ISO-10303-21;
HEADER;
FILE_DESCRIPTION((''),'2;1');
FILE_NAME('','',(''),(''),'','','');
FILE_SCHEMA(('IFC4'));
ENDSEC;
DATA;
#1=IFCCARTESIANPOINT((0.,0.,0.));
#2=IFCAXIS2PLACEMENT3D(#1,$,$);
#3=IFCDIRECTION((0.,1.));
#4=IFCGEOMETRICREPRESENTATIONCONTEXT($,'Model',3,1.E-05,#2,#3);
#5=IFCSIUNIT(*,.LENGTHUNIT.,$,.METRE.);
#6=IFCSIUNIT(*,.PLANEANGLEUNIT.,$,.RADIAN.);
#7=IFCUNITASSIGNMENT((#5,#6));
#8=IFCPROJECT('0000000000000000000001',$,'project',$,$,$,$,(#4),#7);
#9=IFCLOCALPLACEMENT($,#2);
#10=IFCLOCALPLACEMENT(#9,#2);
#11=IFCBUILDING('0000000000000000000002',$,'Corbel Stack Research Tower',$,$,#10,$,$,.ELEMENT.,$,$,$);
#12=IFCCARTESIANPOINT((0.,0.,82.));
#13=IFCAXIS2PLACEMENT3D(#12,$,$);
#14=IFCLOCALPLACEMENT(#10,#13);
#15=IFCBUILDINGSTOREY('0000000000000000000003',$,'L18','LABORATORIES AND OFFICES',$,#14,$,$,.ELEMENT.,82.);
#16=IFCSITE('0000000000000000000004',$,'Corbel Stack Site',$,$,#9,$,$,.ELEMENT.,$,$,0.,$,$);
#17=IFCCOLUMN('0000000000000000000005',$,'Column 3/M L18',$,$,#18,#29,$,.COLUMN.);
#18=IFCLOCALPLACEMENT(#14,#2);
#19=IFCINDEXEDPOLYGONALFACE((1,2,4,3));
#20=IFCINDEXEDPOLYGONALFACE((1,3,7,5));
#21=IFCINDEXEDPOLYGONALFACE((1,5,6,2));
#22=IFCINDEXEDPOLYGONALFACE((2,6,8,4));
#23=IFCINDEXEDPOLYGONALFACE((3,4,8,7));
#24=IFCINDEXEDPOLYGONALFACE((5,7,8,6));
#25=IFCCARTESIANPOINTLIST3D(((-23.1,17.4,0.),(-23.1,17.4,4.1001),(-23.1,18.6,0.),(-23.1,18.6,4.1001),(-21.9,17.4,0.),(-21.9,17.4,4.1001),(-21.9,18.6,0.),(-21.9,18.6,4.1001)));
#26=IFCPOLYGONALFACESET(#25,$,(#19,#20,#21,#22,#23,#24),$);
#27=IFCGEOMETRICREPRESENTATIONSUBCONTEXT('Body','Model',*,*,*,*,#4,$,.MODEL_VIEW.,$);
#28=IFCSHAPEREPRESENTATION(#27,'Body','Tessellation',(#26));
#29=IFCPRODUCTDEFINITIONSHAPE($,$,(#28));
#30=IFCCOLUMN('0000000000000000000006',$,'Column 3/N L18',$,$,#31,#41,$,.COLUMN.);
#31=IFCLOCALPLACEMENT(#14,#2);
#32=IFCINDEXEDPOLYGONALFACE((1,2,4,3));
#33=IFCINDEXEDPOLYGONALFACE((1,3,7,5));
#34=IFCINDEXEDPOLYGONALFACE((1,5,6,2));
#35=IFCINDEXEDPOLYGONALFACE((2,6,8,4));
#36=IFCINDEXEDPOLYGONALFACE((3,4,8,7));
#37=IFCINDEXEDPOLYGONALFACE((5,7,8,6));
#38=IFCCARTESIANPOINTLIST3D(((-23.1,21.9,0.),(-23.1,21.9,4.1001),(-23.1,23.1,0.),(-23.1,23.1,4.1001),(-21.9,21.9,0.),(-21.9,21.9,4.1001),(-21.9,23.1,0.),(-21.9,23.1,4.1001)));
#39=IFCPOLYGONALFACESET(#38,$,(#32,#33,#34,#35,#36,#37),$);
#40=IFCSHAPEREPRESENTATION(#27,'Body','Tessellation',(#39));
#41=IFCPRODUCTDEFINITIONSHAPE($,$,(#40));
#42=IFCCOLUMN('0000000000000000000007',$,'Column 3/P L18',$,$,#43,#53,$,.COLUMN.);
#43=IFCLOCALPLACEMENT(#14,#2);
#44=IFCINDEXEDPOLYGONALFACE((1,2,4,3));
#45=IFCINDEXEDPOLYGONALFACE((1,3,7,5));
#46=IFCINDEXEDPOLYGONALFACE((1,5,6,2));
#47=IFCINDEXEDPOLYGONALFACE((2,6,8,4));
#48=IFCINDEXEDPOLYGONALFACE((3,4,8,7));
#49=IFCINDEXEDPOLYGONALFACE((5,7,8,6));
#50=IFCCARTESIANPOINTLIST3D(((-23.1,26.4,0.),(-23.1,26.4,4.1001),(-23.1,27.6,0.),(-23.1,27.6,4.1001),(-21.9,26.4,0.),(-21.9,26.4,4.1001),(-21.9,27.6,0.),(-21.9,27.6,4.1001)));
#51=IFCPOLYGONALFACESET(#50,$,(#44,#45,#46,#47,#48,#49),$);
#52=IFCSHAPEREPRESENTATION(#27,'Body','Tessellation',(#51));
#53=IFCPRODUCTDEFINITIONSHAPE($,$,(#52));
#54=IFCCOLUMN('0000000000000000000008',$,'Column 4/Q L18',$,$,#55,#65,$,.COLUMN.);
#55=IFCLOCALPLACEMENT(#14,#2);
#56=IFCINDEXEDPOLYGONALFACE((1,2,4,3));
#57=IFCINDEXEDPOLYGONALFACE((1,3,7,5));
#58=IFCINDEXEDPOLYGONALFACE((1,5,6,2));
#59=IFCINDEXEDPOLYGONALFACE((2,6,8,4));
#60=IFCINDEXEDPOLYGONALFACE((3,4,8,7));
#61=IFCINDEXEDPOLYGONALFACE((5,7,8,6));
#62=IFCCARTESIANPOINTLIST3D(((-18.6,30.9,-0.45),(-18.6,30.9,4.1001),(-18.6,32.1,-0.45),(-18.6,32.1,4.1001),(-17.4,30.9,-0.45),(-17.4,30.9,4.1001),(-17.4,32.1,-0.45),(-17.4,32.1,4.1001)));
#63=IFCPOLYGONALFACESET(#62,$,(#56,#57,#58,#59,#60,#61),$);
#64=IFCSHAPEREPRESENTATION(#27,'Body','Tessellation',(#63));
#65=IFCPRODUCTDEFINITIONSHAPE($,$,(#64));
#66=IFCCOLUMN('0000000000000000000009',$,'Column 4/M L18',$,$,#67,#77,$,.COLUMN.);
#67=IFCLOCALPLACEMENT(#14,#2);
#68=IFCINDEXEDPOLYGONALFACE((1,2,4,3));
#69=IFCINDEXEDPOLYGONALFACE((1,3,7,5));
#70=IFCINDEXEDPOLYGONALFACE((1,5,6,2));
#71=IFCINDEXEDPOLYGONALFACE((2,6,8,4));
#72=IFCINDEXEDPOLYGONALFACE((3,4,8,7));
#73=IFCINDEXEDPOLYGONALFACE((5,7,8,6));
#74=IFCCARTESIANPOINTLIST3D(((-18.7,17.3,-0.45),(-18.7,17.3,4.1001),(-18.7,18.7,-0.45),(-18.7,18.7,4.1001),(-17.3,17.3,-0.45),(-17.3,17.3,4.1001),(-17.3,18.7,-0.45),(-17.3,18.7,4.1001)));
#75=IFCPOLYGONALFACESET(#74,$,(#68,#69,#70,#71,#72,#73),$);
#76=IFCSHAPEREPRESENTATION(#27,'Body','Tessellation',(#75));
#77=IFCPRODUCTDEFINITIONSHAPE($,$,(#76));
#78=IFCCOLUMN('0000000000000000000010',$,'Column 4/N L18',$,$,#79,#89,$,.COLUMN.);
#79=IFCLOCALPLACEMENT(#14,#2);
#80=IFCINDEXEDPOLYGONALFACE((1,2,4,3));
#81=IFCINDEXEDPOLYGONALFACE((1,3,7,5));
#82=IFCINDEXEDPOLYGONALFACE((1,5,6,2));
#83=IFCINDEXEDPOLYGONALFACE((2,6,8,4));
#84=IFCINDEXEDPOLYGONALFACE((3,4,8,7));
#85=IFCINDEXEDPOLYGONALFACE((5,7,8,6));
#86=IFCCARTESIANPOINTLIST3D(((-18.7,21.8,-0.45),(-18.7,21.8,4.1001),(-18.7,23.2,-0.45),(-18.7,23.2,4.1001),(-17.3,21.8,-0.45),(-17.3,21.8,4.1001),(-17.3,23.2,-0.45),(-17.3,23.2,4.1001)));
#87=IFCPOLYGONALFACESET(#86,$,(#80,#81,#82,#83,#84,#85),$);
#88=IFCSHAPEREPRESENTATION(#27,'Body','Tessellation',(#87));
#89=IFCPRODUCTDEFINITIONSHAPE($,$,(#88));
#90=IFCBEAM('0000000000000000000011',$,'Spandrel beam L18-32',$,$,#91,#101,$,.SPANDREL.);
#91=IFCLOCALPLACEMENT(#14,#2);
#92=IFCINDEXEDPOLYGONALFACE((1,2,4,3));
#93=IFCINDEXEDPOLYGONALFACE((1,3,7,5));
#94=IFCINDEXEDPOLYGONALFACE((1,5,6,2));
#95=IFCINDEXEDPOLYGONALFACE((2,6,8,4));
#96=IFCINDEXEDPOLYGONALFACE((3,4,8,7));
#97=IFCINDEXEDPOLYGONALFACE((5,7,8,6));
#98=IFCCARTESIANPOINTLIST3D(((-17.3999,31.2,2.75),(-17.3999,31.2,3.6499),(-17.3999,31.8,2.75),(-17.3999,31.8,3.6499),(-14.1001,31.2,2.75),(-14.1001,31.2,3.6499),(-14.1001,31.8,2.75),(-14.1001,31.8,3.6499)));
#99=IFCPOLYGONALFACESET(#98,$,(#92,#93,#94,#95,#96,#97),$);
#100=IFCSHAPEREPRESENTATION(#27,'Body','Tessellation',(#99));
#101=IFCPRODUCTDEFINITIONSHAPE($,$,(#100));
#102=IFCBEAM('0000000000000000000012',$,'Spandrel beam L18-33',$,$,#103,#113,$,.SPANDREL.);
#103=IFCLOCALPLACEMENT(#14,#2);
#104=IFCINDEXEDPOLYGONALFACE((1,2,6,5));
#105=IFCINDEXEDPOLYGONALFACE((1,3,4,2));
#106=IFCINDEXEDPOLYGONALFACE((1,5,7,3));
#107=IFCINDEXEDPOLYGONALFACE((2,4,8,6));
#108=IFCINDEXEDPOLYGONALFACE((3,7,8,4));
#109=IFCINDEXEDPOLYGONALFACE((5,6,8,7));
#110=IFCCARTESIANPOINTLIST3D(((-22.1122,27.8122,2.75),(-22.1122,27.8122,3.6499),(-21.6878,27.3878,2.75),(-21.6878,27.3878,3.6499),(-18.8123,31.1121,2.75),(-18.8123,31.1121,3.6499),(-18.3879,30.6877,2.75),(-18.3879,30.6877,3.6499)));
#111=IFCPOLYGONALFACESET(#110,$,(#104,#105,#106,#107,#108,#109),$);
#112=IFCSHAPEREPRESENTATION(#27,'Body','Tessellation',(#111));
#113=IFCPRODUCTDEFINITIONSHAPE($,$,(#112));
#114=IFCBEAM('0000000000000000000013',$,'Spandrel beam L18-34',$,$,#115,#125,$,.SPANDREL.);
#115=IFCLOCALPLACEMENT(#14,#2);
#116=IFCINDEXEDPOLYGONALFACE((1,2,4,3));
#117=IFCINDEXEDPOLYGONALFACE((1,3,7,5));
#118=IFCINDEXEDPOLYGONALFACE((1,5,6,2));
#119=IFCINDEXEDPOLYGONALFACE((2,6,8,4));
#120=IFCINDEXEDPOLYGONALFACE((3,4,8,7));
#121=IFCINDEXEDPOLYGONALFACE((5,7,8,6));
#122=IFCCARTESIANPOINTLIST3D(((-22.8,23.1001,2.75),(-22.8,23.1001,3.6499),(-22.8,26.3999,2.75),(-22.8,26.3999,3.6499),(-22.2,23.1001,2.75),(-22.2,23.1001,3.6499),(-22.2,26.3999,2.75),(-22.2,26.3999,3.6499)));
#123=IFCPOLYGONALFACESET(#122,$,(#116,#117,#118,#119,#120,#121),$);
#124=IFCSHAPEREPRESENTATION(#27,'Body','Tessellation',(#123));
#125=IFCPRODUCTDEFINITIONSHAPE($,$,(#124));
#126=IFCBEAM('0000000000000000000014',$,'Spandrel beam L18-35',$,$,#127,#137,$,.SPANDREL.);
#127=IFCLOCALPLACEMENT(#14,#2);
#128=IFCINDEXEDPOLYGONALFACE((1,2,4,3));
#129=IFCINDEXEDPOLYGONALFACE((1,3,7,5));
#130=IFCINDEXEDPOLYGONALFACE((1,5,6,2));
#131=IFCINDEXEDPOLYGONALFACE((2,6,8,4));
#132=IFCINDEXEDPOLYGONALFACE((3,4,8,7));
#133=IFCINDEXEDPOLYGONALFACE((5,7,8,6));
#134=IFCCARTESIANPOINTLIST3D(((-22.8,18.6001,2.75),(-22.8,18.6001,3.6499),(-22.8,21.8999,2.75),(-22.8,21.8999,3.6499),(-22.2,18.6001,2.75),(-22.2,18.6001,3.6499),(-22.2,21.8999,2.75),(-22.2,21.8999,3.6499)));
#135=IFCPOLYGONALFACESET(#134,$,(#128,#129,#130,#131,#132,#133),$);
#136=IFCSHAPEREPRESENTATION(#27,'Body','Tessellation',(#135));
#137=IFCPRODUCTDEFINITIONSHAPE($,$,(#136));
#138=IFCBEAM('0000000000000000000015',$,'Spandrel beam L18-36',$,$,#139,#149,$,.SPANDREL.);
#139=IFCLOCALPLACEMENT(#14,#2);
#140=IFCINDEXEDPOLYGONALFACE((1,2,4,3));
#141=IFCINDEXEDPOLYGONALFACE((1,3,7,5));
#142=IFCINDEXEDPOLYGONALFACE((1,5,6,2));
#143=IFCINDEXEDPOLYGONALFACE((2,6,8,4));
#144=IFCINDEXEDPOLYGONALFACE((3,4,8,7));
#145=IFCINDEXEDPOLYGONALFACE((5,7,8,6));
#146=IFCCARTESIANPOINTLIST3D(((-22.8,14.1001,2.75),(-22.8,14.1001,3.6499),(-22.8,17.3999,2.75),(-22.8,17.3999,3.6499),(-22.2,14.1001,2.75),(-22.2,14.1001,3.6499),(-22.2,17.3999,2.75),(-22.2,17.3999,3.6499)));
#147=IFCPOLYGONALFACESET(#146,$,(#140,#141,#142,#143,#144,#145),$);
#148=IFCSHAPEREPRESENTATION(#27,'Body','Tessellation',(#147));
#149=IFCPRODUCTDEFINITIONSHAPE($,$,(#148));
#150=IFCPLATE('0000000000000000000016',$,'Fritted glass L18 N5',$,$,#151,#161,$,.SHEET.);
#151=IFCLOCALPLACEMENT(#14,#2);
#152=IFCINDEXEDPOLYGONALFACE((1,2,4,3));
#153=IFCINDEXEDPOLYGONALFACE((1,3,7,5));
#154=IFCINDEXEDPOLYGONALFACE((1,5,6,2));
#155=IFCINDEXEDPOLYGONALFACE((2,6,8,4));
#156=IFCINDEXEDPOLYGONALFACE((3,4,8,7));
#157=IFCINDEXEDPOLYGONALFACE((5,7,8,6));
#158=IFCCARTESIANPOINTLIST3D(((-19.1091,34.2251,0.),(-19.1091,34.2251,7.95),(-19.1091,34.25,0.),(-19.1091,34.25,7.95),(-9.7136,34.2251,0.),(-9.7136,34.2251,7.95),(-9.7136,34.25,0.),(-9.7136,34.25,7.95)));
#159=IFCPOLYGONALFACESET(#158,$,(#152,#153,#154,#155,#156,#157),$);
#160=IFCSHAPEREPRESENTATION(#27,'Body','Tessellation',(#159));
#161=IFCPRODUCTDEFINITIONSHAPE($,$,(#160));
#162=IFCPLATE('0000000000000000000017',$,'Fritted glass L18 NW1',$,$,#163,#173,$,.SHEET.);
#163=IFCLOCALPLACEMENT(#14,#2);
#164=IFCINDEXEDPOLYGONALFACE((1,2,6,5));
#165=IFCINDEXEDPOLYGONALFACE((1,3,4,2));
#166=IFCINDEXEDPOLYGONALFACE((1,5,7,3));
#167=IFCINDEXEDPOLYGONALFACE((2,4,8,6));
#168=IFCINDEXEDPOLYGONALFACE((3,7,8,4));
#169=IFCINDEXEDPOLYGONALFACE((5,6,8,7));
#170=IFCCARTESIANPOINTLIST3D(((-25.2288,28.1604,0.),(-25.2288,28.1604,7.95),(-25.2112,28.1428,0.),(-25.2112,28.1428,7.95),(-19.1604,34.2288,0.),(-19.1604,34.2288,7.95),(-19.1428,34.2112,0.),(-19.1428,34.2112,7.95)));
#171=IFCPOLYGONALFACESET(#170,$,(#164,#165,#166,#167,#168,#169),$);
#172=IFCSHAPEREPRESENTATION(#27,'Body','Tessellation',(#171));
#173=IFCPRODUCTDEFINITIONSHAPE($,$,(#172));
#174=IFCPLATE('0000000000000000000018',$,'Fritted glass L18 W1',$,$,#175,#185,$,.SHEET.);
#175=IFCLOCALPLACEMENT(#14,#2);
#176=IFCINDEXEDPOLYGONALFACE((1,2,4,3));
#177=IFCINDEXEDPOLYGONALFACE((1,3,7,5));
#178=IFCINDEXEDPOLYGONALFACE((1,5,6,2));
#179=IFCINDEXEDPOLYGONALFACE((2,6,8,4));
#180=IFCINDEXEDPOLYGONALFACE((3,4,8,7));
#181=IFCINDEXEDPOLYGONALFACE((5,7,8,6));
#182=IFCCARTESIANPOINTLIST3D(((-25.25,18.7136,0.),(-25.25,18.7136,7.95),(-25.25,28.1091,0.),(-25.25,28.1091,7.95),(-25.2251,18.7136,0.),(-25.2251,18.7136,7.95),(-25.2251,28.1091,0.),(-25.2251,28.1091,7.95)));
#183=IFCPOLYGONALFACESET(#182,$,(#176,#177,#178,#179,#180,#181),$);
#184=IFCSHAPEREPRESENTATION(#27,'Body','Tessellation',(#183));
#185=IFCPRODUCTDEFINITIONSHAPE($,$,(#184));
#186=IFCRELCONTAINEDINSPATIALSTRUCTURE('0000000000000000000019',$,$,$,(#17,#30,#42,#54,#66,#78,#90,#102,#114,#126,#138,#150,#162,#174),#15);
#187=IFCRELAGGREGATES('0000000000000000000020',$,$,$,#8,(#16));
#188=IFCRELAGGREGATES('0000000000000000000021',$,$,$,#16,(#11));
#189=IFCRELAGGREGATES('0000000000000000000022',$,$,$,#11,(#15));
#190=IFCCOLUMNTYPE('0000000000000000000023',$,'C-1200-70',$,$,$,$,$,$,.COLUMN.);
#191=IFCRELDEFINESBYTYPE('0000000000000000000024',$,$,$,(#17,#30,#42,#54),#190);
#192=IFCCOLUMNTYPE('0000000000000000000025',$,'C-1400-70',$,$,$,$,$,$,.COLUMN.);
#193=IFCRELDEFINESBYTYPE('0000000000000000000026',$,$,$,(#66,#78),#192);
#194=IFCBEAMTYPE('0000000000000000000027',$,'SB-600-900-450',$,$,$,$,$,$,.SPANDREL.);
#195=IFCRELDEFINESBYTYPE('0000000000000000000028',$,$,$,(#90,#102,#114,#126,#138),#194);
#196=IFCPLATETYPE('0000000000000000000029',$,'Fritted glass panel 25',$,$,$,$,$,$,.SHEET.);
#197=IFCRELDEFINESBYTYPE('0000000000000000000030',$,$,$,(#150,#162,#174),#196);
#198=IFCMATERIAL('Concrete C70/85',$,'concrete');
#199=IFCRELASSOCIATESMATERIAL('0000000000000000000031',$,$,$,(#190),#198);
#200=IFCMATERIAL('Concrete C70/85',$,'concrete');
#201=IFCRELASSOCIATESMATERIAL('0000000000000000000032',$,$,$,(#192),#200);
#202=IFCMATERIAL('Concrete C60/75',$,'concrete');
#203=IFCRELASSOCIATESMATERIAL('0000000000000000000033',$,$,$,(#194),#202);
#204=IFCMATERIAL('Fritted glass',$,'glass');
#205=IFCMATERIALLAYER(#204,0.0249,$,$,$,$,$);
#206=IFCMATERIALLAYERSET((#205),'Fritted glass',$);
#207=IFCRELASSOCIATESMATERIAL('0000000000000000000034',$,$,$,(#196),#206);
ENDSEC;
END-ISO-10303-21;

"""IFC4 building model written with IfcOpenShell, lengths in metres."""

from ifc_helpers import new_model, si_unit, direction, frame, origin, origin_2d, place, context, subcontext, project, spatial, rectangle, extrude, material, layer, layer_set, material_profile, profile_set, type_object, element, save


model = new_model("IFC4")

# Units and contexts
model_context = context("Model", 3, precision=1e-05, world=origin(), true_north=direction((0.0, 1.0)))
body_context = subcontext(model_context, "Body", "Model", "MODEL_VIEW")
ifc_project = project(units=[si_unit("LENGTHUNIT", "METRE"), si_unit("PLANEANGLEUNIT", "RADIAN")], contexts=[model_context])

# Site, building, storey
site_placement = place(None, origin())
site = spatial("IfcSite", under=ifc_project, at=site_placement, Name="Corbel Stack Site", CompositionType="ELEMENT", RefElevation=0.0)
building_placement = place(site_placement, origin())
building = spatial("IfcBuilding", under=site, at=building_placement, Name="Corbel Stack Research Tower", CompositionType="ELEMENT")
storey_placement = place(building_placement, frame((0.0, 0.0, 82.0)))
storey = spatial("IfcBuildingStorey", under=building, at=storey_placement, Name="L18", Description="LABORATORIES AND OFFICES", CompositionType="ELEMENT", Elevation=82.0)

# Columns
ifc_material_1 = material(Name="Concrete C70/85", Category="concrete")
ifc_material_profile_1 = material_profile(ifc_material_1, rectangle(XDim=1.2, YDim=1.2, at=origin_2d()), Name="RC 1200 x 1200")
ifc_profile_set_1 = profile_set([ifc_material_profile_1], Name="Concrete C70/85")
column_type_1 = type_object("IfcColumnType", Name="C-1200-70", PredefinedType="COLUMN", material=ifc_profile_set_1)
for number, where, z_axis, x_axis, name in (
    (1, (-22.5, 18.0, 0.0), (0.0, 0.0, 1.0), (1.0, 0.0, 0.0), "Column 3/M L18"),
    (2, (-22.5, 22.5, 0.0), (0.0, 0.0, 1.0), (1.0, 0.0, 0.0), "Column 3/N L18"),
    (3, (-22.5, 27.0, 0.0), (0.0, 0.0, 1.0), (1.0, 0.0, 0.0), "Column 3/P L18"),
):
    element("IfcColumn", number, at=place(storey_placement, frame(where, z_axis=z_axis, x_axis=x_axis)), inside=storey, type_object=column_type_1, Name=name, PredefinedType="COLUMN", context=body_context, shape_type="SweptSolid", body=[
        extrude(rectangle(XDim=1.2, YDim=1.2, at=origin_2d()), origin(), (0.0, 0.0, 1.0), 4.1001),
    ])
column_placement = place(storey_placement, frame((-18.0, 31.5, -0.45), z_axis=(0.0, 0.0, 1.0), x_axis=(1.0, 0.0, 0.0)))
element("IfcColumn", 4, at=column_placement, inside=storey, type_object=column_type_1, Name="Column 4/Q L18", PredefinedType="COLUMN", context=body_context, shape_type="SweptSolid", body=[
    extrude(rectangle(XDim=1.2, YDim=1.2, at=origin_2d()), origin(), (0.0, 0.0, 1.0), 4.55),
])
ifc_material_2 = material(Name="Concrete C70/85", Category="concrete")
ifc_material_profile_2 = material_profile(ifc_material_2, rectangle(XDim=1.3999, YDim=1.3999, at=origin_2d()), Name="RC 1400 x 1400")
ifc_profile_set_2 = profile_set([ifc_material_profile_2], Name="Concrete C70/85")
column_type_2 = type_object("IfcColumnType", Name="C-1400-70", PredefinedType="COLUMN", material=ifc_profile_set_2)
for number, where, z_axis, x_axis, name in (
    (5, (-18.0, 18.0, -0.45), (0.0, 0.0, 1.0), (1.0, 0.0, 0.0), "Column 4/M L18"),
    (6, (-18.0, 22.5, -0.45), (0.0, 0.0, 1.0), (1.0, 0.0, 0.0), "Column 4/N L18"),
):
    element("IfcColumn", number, at=place(storey_placement, frame(where, z_axis=z_axis, x_axis=x_axis)), inside=storey, type_object=column_type_2, Name=name, PredefinedType="COLUMN", context=body_context, shape_type="SweptSolid", body=[
        extrude(rectangle(XDim=1.3999, YDim=1.3999, at=origin_2d()), origin(), (0.0, 0.0, 1.0), 4.55),
    ])

# Beams
ifc_material_3 = material(Name="Concrete C60/75", Category="concrete")
ifc_material_profile_3 = material_profile(ifc_material_3, rectangle(XDim=0.6001, YDim=0.8999, at=origin_2d()), Name="RC 600 x 900")
ifc_profile_set_3 = profile_set([ifc_material_profile_3], Name="Concrete C60/75")
beam_type = type_object("IfcBeamType", Name="SB-600-900-450", PredefinedType="SPANDREL", material=ifc_profile_set_3)
beam_1_placement = place(storey_placement, frame((-14.1001, 31.5, 3.2), z_axis=(-1.0, 0.0, 0.0), x_axis=(0.0, -1.0, 0.0)))
element("IfcBeam", 7, at=beam_1_placement, inside=storey, type_object=beam_type, Name="Spandrel beam L18-32", PredefinedType="SPANDREL", context=body_context, shape_type="SweptSolid", body=[
    extrude(rectangle(XDim=0.6001, YDim=0.8999, at=origin_2d()), origin(), (0.0, 0.0, 1.0), 3.2998),
])
beam_2_placement = place(storey_placement, frame((-18.6001, 30.8999, 3.2), z_axis=(-0.707107, -0.707107, 0.0), x_axis=(0.707107, -0.707107, 0.0)))
element("IfcBeam", 8, at=beam_2_placement, inside=storey, type_object=beam_type, Name="Spandrel beam L18-33", PredefinedType="SPANDREL", context=body_context, shape_type="SweptSolid", body=[
    extrude(rectangle(XDim=0.6001, YDim=0.8999, at=origin_2d()), origin(), (0.0, 0.0, 1.0), 4.6667),
])
for number, where, z_axis, x_axis, name in (
    (9, (-22.5, 26.3999, 3.2), (0.0, -1.0, 0.0), (1.0, 0.0, 0.0), "Spandrel beam L18-34"),
    (10, (-22.5, 21.8999, 3.2), (0.0, -1.0, 0.0), (1.0, 0.0, 0.0), "Spandrel beam L18-35"),
    (11, (-22.5, 17.3999, 3.2), (0.0, -1.0, 0.0), (1.0, 0.0, 0.0), "Spandrel beam L18-36"),
):
    element("IfcBeam", number, at=place(storey_placement, frame(where, z_axis=z_axis, x_axis=x_axis)), inside=storey, type_object=beam_type, Name=name, PredefinedType="SPANDREL", context=body_context, shape_type="SweptSolid", body=[
        extrude(rectangle(XDim=0.6001, YDim=0.8999, at=origin_2d()), origin(), (0.0, 0.0, 1.0), 3.2998),
    ])

# Plates
ifc_material_4 = material(Name="Fritted glass", Category="glass")
ifc_layer_1 = layer(ifc_material_4, 0.0249)
ifc_layer_set_1 = layer_set([ifc_layer_1], Name="Fritted glass")
plate_type = type_object("IfcPlateType", Name="Fritted glass panel 25", PredefinedType="SHEET", material=ifc_layer_set_1)
plate_1_placement = place(storey_placement, frame((-14.4114, 34.2375, 0.0), z_axis=(0.0, 0.0, 1.0), x_axis=(-1.0, 0.0, 0.0)))
element("IfcPlate", 12, at=plate_1_placement, inside=storey, type_object=plate_type, Name="Fritted glass L18 N5", PredefinedType="SHEET", context=body_context, shape_type="SweptSolid", body=[
    extrude(rectangle(XDim=9.3955, YDim=0.0249, at=origin_2d()), origin(), (0.0, 0.0, 1.0), 7.95),
])
plate_2_placement = place(storey_placement, frame((-22.1858, 31.1858, 0.0), z_axis=(0.0, 0.0, 1.0), x_axis=(-0.707107, -0.707107, 0.0)))
element("IfcPlate", 13, at=plate_2_placement, inside=storey, type_object=plate_type, Name="Fritted glass L18 NW1", PredefinedType="SHEET", context=body_context, shape_type="SweptSolid", body=[
    extrude(rectangle(XDim=8.582, YDim=0.0249, at=origin_2d()), origin(), (0.0, 0.0, 1.0), 7.95),
])
plate_3_placement = place(storey_placement, frame((-25.2375, 23.4114, 0.0), z_axis=(0.0, 0.0, 1.0), x_axis=(0.0, -1.0, 0.0)))
element("IfcPlate", 14, at=plate_3_placement, inside=storey, type_object=plate_type, Name="Fritted glass L18 W1", PredefinedType="SHEET", context=body_context, shape_type="SweptSolid", body=[
    extrude(rectangle(XDim=9.3955, YDim=0.0249, at=origin_2d()), origin(), (0.0, 0.0, 1.0), 7.95),
])

save(model, "model.ifc")
